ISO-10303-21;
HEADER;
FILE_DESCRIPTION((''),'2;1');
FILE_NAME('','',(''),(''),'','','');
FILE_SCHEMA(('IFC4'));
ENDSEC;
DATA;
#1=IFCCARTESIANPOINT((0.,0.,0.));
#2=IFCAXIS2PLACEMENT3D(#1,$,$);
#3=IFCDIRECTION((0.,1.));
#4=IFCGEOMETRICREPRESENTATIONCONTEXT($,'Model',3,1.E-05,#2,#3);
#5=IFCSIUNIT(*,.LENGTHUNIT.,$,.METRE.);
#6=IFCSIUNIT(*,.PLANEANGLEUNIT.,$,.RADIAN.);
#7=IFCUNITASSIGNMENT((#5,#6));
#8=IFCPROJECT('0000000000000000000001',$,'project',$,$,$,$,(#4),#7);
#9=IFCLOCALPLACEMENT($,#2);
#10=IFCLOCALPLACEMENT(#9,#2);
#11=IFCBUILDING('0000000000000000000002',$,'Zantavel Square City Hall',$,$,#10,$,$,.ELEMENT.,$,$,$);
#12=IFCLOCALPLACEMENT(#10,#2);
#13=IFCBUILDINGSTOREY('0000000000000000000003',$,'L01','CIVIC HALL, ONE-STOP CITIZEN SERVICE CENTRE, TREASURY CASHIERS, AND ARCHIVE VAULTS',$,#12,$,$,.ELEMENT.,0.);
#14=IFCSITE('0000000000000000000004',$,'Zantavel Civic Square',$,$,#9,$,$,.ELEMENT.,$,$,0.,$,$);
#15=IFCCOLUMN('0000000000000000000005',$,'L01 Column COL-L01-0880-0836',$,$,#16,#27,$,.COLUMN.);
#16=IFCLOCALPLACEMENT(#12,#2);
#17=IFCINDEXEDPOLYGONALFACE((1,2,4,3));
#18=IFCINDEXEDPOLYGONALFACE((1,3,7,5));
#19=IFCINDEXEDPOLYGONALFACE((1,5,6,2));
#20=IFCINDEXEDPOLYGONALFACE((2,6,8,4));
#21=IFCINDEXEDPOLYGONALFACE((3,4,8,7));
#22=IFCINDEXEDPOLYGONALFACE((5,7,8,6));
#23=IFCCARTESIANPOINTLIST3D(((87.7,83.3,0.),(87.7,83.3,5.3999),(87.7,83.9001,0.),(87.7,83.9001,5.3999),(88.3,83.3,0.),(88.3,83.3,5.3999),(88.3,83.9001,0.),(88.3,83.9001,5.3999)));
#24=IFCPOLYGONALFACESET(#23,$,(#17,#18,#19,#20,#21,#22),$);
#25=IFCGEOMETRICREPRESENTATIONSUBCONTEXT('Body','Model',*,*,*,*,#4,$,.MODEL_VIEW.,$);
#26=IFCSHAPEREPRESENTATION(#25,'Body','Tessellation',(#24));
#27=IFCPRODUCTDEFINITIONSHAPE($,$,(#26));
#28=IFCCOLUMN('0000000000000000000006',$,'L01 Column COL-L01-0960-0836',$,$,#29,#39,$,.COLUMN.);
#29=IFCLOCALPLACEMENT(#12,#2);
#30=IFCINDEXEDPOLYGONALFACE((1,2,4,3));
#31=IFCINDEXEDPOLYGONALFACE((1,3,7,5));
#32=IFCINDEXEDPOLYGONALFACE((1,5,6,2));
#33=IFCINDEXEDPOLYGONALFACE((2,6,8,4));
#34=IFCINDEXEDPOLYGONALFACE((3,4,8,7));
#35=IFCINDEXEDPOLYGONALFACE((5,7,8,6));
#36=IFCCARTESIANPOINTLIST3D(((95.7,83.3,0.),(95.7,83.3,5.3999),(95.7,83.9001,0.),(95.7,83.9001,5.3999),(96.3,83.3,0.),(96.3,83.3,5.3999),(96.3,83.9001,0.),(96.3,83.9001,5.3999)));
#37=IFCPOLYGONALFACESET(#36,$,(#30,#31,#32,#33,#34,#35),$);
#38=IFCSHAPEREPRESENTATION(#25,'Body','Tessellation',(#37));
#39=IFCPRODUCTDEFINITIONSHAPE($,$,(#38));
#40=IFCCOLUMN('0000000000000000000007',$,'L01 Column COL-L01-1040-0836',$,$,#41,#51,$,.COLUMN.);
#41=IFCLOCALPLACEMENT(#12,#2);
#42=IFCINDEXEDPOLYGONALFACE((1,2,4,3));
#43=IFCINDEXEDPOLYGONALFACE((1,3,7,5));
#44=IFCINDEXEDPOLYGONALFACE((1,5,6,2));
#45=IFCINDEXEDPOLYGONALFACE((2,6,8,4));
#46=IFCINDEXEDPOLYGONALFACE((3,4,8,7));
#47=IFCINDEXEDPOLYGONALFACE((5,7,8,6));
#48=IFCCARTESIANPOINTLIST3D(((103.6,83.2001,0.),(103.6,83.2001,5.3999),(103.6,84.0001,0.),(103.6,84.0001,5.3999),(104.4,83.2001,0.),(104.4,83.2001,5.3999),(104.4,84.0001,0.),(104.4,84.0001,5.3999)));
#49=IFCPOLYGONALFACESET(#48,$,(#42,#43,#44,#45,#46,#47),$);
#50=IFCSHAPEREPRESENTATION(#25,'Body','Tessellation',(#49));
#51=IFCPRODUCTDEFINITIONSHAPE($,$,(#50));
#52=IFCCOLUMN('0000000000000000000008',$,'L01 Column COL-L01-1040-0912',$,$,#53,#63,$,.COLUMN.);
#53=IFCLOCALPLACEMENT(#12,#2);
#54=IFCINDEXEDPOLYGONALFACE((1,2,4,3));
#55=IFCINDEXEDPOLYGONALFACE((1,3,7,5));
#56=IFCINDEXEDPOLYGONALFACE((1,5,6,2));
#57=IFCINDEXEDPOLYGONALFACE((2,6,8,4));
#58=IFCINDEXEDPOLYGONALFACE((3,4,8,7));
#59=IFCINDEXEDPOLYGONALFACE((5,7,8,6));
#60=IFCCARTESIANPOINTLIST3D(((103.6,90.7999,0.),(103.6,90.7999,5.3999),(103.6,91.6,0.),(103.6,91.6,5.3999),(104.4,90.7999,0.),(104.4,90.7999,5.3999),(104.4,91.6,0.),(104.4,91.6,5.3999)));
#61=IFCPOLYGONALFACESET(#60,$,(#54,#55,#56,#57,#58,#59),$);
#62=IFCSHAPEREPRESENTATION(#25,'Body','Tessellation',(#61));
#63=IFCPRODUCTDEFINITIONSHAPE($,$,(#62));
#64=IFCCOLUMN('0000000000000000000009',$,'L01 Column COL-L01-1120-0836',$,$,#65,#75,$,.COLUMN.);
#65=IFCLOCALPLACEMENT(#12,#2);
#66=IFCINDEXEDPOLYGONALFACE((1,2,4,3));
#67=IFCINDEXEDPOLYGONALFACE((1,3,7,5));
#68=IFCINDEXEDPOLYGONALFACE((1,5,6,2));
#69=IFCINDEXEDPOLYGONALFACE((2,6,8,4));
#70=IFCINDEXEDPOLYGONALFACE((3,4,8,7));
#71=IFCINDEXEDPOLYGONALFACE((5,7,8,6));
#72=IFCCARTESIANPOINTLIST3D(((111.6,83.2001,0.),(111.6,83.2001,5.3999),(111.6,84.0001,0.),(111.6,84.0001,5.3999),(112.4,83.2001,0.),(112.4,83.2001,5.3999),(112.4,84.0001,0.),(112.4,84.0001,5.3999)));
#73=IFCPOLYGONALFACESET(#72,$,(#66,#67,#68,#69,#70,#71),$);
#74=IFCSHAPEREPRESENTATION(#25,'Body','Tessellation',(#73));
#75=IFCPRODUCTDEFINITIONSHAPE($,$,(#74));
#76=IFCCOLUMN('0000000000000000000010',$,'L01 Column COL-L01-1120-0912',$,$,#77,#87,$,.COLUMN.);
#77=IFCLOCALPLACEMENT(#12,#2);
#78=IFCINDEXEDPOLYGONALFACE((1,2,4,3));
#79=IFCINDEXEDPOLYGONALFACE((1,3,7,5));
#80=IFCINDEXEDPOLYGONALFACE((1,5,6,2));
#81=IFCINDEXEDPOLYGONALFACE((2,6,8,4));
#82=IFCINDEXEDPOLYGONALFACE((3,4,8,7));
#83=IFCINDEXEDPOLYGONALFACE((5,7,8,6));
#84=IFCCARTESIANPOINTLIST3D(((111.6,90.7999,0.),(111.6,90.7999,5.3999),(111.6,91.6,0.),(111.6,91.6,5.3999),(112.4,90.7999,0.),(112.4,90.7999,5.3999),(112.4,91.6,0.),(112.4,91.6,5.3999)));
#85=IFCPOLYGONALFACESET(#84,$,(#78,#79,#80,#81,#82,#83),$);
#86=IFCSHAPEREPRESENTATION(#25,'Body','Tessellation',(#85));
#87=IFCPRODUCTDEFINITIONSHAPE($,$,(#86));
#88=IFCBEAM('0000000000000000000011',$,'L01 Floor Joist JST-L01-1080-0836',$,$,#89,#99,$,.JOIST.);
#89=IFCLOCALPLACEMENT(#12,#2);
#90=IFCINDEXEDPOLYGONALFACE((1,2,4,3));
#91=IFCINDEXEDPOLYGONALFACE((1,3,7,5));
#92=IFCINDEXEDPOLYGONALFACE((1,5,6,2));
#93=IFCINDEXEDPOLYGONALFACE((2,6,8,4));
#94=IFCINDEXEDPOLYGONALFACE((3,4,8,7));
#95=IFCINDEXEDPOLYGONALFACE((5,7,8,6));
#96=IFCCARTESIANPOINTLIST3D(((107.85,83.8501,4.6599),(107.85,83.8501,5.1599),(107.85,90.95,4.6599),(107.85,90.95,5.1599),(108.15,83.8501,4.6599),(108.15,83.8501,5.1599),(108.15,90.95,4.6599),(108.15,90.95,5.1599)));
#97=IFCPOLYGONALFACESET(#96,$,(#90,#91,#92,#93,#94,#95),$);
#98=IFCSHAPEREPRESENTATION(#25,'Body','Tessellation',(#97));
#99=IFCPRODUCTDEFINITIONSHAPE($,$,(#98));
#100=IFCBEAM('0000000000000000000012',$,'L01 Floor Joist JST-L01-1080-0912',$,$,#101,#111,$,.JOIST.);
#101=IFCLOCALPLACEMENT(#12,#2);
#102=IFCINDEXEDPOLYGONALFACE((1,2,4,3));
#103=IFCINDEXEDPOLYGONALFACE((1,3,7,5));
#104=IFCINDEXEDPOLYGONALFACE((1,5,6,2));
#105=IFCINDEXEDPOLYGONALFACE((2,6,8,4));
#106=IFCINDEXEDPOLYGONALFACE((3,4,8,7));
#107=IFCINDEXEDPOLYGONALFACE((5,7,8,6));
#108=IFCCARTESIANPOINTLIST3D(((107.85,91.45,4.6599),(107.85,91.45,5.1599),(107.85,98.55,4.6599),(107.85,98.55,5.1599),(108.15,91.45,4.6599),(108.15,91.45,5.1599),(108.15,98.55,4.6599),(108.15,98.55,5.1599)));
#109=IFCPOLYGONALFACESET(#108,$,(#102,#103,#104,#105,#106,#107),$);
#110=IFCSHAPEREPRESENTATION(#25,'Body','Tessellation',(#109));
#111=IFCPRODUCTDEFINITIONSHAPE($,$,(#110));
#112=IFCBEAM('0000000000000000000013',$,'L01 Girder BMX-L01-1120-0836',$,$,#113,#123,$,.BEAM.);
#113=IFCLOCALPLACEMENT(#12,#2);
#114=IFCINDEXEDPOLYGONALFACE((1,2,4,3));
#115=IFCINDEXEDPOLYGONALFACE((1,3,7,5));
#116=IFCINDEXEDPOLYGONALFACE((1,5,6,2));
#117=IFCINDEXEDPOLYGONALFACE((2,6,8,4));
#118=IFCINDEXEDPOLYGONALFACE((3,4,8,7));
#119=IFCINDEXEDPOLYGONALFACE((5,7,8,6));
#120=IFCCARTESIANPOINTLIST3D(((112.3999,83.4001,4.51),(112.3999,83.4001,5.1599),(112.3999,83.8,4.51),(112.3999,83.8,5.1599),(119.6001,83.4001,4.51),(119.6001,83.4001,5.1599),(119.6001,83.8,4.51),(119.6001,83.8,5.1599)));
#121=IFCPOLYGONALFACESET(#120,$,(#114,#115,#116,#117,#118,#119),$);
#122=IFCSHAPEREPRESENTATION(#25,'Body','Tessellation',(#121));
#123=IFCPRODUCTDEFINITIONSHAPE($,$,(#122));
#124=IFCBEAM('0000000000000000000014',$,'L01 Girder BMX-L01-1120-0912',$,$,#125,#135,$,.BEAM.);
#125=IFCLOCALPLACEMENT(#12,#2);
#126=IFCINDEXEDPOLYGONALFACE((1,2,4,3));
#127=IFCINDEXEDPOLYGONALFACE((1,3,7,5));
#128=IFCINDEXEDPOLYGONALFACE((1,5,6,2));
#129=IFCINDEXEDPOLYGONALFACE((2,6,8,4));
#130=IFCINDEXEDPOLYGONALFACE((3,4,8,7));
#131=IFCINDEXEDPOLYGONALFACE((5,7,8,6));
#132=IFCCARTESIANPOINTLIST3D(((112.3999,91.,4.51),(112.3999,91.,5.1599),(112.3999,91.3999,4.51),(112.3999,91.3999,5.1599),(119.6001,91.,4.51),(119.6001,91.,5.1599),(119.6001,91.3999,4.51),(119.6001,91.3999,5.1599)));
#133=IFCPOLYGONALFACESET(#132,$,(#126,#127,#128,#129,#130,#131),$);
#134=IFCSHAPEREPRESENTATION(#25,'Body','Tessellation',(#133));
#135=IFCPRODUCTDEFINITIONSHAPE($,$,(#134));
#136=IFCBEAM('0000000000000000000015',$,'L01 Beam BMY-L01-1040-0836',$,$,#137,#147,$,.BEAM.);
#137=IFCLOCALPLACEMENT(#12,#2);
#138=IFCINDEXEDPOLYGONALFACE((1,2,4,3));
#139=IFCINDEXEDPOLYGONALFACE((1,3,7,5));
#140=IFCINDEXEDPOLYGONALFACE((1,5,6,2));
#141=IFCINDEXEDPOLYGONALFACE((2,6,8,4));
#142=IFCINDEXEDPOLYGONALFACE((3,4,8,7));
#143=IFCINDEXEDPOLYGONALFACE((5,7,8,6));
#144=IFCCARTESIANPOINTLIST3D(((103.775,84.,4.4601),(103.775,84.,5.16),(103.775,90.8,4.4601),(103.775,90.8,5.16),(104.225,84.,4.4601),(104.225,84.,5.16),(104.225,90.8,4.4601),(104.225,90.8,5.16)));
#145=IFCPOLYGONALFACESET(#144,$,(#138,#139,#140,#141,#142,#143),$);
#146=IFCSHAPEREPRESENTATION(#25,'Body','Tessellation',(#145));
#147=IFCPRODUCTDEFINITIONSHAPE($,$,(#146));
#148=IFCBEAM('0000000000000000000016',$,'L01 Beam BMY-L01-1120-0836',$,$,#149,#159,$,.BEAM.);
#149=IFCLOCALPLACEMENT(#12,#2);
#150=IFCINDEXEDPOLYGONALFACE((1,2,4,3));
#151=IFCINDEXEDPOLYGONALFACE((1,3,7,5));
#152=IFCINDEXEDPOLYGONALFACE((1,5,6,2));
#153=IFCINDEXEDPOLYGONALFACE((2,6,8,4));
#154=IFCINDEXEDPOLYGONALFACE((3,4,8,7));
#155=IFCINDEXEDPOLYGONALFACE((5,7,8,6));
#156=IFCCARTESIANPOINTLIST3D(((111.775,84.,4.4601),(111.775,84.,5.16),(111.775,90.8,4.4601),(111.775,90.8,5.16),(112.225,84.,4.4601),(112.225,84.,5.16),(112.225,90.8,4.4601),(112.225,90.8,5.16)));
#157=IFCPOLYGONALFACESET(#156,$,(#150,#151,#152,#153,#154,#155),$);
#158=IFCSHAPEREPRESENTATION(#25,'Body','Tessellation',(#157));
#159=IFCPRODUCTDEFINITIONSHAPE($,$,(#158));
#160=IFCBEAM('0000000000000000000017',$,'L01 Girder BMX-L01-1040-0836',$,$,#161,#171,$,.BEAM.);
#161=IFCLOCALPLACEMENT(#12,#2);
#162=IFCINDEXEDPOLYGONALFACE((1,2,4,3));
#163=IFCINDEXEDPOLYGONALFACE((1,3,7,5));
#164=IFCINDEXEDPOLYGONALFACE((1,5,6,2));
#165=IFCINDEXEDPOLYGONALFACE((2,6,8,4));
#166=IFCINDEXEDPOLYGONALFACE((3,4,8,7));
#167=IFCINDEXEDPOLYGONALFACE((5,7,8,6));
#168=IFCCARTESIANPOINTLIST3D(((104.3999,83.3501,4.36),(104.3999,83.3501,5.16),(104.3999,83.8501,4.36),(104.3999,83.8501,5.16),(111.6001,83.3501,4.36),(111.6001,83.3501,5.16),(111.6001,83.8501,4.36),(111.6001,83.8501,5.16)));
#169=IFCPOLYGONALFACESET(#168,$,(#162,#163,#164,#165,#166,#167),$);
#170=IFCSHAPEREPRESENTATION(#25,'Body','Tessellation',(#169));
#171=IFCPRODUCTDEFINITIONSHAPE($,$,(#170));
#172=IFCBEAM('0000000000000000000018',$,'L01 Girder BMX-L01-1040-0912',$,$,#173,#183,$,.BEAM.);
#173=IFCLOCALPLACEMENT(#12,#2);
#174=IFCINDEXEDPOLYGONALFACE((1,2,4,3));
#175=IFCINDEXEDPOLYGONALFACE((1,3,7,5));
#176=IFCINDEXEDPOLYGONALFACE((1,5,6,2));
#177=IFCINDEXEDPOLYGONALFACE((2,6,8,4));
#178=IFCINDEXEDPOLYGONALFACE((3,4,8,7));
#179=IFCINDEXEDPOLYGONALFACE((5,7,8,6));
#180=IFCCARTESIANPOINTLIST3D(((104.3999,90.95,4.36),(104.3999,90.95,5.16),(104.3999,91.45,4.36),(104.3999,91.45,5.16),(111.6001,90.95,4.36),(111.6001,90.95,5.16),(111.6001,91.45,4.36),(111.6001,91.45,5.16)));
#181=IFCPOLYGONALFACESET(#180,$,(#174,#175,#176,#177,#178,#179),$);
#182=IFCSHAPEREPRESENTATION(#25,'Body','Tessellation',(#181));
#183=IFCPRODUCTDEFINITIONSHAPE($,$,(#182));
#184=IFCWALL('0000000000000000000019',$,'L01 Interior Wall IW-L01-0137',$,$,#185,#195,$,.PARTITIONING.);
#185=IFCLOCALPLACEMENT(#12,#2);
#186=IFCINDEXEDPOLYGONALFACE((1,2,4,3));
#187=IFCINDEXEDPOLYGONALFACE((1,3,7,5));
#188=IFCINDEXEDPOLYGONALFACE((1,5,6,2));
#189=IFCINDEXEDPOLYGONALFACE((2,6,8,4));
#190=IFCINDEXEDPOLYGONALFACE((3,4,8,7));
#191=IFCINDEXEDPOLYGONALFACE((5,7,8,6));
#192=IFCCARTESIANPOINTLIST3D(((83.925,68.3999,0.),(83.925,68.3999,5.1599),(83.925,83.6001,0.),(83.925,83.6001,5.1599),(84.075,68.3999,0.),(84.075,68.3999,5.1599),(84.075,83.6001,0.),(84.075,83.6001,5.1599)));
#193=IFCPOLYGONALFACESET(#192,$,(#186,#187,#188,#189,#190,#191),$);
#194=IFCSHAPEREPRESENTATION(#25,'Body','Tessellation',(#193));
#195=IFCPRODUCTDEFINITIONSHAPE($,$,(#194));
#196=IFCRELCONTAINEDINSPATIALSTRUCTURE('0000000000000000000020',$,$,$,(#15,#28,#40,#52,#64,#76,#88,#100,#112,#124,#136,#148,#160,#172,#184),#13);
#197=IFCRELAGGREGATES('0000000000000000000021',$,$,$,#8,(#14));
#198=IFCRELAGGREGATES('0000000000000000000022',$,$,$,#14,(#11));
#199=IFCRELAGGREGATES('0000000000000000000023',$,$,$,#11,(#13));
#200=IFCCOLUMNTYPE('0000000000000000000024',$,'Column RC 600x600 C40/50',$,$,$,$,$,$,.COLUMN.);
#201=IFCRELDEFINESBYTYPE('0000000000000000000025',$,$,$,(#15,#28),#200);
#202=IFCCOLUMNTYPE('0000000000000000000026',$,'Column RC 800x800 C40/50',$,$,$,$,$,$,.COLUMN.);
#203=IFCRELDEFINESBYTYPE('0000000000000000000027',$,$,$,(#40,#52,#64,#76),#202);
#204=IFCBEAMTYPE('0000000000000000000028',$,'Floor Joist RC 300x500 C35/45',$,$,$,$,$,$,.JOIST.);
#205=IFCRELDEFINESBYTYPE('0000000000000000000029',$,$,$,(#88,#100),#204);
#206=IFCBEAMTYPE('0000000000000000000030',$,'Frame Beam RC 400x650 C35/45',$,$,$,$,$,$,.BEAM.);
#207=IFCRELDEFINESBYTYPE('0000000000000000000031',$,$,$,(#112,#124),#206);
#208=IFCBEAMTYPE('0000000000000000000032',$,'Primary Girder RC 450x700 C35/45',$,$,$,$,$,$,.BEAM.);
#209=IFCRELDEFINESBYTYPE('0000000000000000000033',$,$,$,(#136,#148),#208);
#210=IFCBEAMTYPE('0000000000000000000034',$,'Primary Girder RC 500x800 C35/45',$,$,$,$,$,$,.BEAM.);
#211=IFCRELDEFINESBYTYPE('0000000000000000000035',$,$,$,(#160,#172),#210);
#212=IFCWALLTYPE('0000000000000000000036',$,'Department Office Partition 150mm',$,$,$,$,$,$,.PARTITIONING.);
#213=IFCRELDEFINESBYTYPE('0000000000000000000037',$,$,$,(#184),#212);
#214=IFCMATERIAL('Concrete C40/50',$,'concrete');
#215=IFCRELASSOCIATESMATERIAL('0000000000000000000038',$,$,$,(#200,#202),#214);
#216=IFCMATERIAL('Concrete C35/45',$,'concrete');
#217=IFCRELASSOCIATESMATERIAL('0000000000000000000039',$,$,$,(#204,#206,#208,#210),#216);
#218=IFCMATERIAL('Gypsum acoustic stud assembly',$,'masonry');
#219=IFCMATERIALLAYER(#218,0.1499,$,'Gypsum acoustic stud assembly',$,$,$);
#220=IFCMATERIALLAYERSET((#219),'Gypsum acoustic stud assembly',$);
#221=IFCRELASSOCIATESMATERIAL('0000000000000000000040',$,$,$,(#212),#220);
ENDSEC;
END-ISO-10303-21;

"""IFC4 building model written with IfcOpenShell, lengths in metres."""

from ifc_helpers import new_model, si_unit, direction, frame, frame_2d, origin, origin_2d, place, context, subcontext, project, spatial, rectangle, extrude, material, layer, layer_set, material_profile, profile_set, type_object, element, save


model = new_model("IFC4")

# Units and contexts
model_context = context("Model", 3, precision=1e-05, world=origin(), true_north=direction((0.0, 1.0)))
body_context = subcontext(model_context, "Body", "Model", "MODEL_VIEW")
ifc_project = project(units=[si_unit("LENGTHUNIT", "METRE"), si_unit("PLANEANGLEUNIT", "RADIAN")], contexts=[model_context])

# Site, building, storey
site_placement = place(None, origin())
site = spatial("IfcSite", under=ifc_project, at=site_placement, Name="Zantavel Civic Square", CompositionType="ELEMENT", RefElevation=0.0)
building_placement = place(site_placement, origin())
building = spatial("IfcBuilding", under=site, at=building_placement, Name="Zantavel Square City Hall", CompositionType="ELEMENT")
storey_placement = place(building_placement, origin())
storey = spatial("IfcBuildingStorey", under=building, at=storey_placement, Name="L01", Description="CIVIC HALL, ONE-STOP CITIZEN SERVICE CENTRE, TREASURY CASHIERS, AND ARCHIVE VAULTS", CompositionType="ELEMENT", Elevation=0.0)

# Columns
ifc_material_1 = material(Name="Concrete C40/50", Category="concrete")
ifc_material_profile_1 = material_profile(ifc_material_1, rectangle(XDim=0.6001, YDim=0.6001, at=origin_2d()), Name="RC 600x600")
ifc_profile_set_1 = profile_set([ifc_material_profile_1], Name="Concrete C40/50")
column_type_1 = type_object("IfcColumnType", Name="Column RC 600x600 C40/50", PredefinedType="COLUMN", material=ifc_profile_set_1)
for number, where, z_axis, x_axis, name in (
    (1, (88.0, 83.6001, 0.0), (0.0, 0.0, 1.0), (1.0, 0.0, 0.0), "L01 Column COL-L01-0880-0836"),
    (2, (96.0, 83.6001, 0.0), (0.0, 0.0, 1.0), (1.0, 0.0, 0.0), "L01 Column COL-L01-0960-0836"),
):
    element("IfcColumn", number, at=place(storey_placement, frame(where, z_axis=z_axis, x_axis=x_axis)), inside=storey, type_object=column_type_1, Name=name, PredefinedType="COLUMN", context=body_context, shape_type="SweptSolid", body=[
        extrude(rectangle(XDim=0.6001, YDim=0.6001, at=origin_2d()), origin(), (0.0, 0.0, 1.0), 5.3999),
    ])
ifc_material_profile_2 = material_profile(ifc_material_1, rectangle(XDim=0.8, YDim=0.8, at=origin_2d()), Name="RC 800x800")
ifc_profile_set_2 = profile_set([ifc_material_profile_2], Name="Concrete C40/50")
column_type_2 = type_object("IfcColumnType", Name="Column RC 800x800 C40/50", PredefinedType="COLUMN", material=ifc_profile_set_2)
for number, where, z_axis, x_axis, name in (
    (3, (104.0, 83.6001, 0.0), (0.0, 0.0, 1.0), (1.0, 0.0, 0.0), "L01 Column COL-L01-1040-0836"),
    (4, (104.0, 91.2, 0.0), (0.0, 0.0, 1.0), (1.0, 0.0, 0.0), "L01 Column COL-L01-1040-0912"),
    (5, (112.0, 83.6001, 0.0), (0.0, 0.0, 1.0), (1.0, 0.0, 0.0), "L01 Column COL-L01-1120-0836"),
    (6, (112.0, 91.2, 0.0), (0.0, 0.0, 1.0), (1.0, 0.0, 0.0), "L01 Column COL-L01-1120-0912"),
):
    element("IfcColumn", number, at=place(storey_placement, frame(where, z_axis=z_axis, x_axis=x_axis)), inside=storey, type_object=column_type_2, Name=name, PredefinedType="COLUMN", context=body_context, shape_type="SweptSolid", body=[
        extrude(rectangle(XDim=0.8, YDim=0.8, at=origin_2d()), origin(), (0.0, 0.0, 1.0), 5.3999),
    ])

# Beams
ifc_material_2 = material(Name="Concrete C35/45", Category="concrete")
ifc_material_profile_3 = material_profile(ifc_material_2, rectangle(XDim=0.3, YDim=0.5, at=origin_2d()), Name="RC 300x500")
ifc_profile_set_3 = profile_set([ifc_material_profile_3], Name="Concrete C35/45")
beam_type_1 = type_object("IfcBeamType", Name="Floor Joist RC 300x500 C35/45", PredefinedType="JOIST", material=ifc_profile_set_3)
beam_1_placement = place(storey_placement, frame((108.0, 83.8501, 4.9099), z_axis=(0.0, 1.0, 0.0), x_axis=(-1.0, 0.0, 0.0)))
element("IfcBeam", 7, at=beam_1_placement, inside=storey, type_object=beam_type_1, Name="L01 Floor Joist JST-L01-1080-0836", PredefinedType="JOIST", context=body_context, shape_type="SweptSolid", body=[
    extrude(rectangle(XDim=0.3, YDim=0.5, at=origin_2d()), origin(), (0.0, 0.0, 1.0), 7.0999),
])
beam_2_placement = place(storey_placement, frame((108.0, 91.45, 4.9099), z_axis=(0.0, 1.0, 0.0), x_axis=(-1.0, 0.0, 0.0)))
element("IfcBeam", 8, at=beam_2_placement, inside=storey, type_object=beam_type_1, Name="L01 Floor Joist JST-L01-1080-0912", PredefinedType="JOIST", context=body_context, shape_type="SweptSolid", body=[
    extrude(rectangle(XDim=0.3, YDim=0.5, at=origin_2d()), origin(), (0.0, 0.0, 1.0), 7.1001),
])
ifc_material_profile_4 = material_profile(ifc_material_2, rectangle(XDim=0.3999, YDim=0.6499, at=origin_2d()), Name="RC 400x650")
ifc_profile_set_4 = profile_set([ifc_material_profile_4], Name="Concrete C35/45")
beam_type_2 = type_object("IfcBeamType", Name="Frame Beam RC 400x650 C35/45", PredefinedType="BEAM", material=ifc_profile_set_4)
for number, where, z_axis, x_axis, name in (
    (9, (112.3999, 83.6001, 4.835), (1.0, 0.0, 0.0), (0.0, 1.0, 0.0), "L01 Girder BMX-L01-1120-0836"),
    (10, (112.3999, 91.2, 4.835), (1.0, 0.0, 0.0), (0.0, 1.0, 0.0), "L01 Girder BMX-L01-1120-0912"),
):
    element("IfcBeam", number, at=place(storey_placement, frame(where, z_axis=z_axis, x_axis=x_axis)), inside=storey, type_object=beam_type_2, Name=name, PredefinedType="BEAM", context=body_context, shape_type="SweptSolid", body=[
        extrude(rectangle(XDim=0.3999, YDim=0.6499, at=origin_2d()), origin(), (0.0, 0.0, 1.0), 7.2002),
    ])
ifc_material_profile_5 = material_profile(ifc_material_2, rectangle(XDim=0.45, YDim=0.7, at=origin_2d()), Name="RC 450x700")
ifc_profile_set_5 = profile_set([ifc_material_profile_5], Name="Concrete C35/45")
beam_type_3 = type_object("IfcBeamType", Name="Primary Girder RC 450x700 C35/45", PredefinedType="BEAM", material=ifc_profile_set_5)
for number, where, z_axis, x_axis, name in (
    (11, (104.0, 84.0, 4.8101), (0.0, 1.0, 0.0), (-1.0, 0.0, 0.0), "L01 Beam BMY-L01-1040-0836"),
    (12, (112.0, 84.0, 4.8101), (0.0, 1.0, 0.0), (-1.0, 0.0, 0.0), "L01 Beam BMY-L01-1120-0836"),
):
    element("IfcBeam", number, at=place(storey_placement, frame(where, z_axis=z_axis, x_axis=x_axis)), inside=storey, type_object=beam_type_3, Name=name, PredefinedType="BEAM", context=body_context, shape_type="SweptSolid", body=[
        extrude(rectangle(XDim=0.45, YDim=0.7, at=origin_2d()), origin(), (0.0, 0.0, 1.0), 6.8),
    ])
ifc_material_profile_6 = material_profile(ifc_material_2, rectangle(XDim=0.5, YDim=0.8, at=origin_2d()), Name="RC 500x800")
ifc_profile_set_6 = profile_set([ifc_material_profile_6], Name="Concrete C35/45")
beam_type_4 = type_object("IfcBeamType", Name="Primary Girder RC 500x800 C35/45", PredefinedType="BEAM", material=ifc_profile_set_6)
for number, where, z_axis, x_axis, name in (
    (13, (104.3999, 83.6001, 4.76), (1.0, 0.0, 0.0), (0.0, 1.0, 0.0), "L01 Girder BMX-L01-1040-0836"),
    (14, (104.3999, 91.2, 4.76), (1.0, 0.0, 0.0), (0.0, 1.0, 0.0), "L01 Girder BMX-L01-1040-0912"),
):
    element("IfcBeam", number, at=place(storey_placement, frame(where, z_axis=z_axis, x_axis=x_axis)), inside=storey, type_object=beam_type_4, Name=name, PredefinedType="BEAM", context=body_context, shape_type="SweptSolid", body=[
        extrude(rectangle(XDim=0.5, YDim=0.8, at=origin_2d()), origin(), (0.0, 0.0, 1.0), 7.2002),
    ])

# Wall
ifc_material_3 = material(Name="Gypsum acoustic stud assembly", Category="masonry")
ifc_layer_1 = layer(ifc_material_3, 0.1499, Name="Gypsum acoustic stud assembly")
ifc_layer_set_1 = layer_set([ifc_layer_1], Name="Gypsum acoustic stud assembly")
wall_type_1 = type_object("IfcWallType", Name="Department Office Partition 150mm", PredefinedType="PARTITIONING", material=ifc_layer_set_1)
wall_1_placement = place(storey_placement, frame((84.0, 83.6001, 0.0), z_axis=(0.0, 0.0, 1.0), x_axis=(0.0, -1.0, 0.0)))
element("IfcWall", 15, at=wall_1_placement, inside=storey, type_object=wall_type_1, Name="L01 Interior Wall IW-L01-0137", PredefinedType="PARTITIONING", context=body_context, shape_type="SweptSolid", body=[
    extrude(rectangle(XDim=15.2002, YDim=0.1499, at=frame_2d((7.6001, 0.0))), origin(), (0.0, 0.0, 1.0), 5.1599),
])

save(model, "model.ifc")
